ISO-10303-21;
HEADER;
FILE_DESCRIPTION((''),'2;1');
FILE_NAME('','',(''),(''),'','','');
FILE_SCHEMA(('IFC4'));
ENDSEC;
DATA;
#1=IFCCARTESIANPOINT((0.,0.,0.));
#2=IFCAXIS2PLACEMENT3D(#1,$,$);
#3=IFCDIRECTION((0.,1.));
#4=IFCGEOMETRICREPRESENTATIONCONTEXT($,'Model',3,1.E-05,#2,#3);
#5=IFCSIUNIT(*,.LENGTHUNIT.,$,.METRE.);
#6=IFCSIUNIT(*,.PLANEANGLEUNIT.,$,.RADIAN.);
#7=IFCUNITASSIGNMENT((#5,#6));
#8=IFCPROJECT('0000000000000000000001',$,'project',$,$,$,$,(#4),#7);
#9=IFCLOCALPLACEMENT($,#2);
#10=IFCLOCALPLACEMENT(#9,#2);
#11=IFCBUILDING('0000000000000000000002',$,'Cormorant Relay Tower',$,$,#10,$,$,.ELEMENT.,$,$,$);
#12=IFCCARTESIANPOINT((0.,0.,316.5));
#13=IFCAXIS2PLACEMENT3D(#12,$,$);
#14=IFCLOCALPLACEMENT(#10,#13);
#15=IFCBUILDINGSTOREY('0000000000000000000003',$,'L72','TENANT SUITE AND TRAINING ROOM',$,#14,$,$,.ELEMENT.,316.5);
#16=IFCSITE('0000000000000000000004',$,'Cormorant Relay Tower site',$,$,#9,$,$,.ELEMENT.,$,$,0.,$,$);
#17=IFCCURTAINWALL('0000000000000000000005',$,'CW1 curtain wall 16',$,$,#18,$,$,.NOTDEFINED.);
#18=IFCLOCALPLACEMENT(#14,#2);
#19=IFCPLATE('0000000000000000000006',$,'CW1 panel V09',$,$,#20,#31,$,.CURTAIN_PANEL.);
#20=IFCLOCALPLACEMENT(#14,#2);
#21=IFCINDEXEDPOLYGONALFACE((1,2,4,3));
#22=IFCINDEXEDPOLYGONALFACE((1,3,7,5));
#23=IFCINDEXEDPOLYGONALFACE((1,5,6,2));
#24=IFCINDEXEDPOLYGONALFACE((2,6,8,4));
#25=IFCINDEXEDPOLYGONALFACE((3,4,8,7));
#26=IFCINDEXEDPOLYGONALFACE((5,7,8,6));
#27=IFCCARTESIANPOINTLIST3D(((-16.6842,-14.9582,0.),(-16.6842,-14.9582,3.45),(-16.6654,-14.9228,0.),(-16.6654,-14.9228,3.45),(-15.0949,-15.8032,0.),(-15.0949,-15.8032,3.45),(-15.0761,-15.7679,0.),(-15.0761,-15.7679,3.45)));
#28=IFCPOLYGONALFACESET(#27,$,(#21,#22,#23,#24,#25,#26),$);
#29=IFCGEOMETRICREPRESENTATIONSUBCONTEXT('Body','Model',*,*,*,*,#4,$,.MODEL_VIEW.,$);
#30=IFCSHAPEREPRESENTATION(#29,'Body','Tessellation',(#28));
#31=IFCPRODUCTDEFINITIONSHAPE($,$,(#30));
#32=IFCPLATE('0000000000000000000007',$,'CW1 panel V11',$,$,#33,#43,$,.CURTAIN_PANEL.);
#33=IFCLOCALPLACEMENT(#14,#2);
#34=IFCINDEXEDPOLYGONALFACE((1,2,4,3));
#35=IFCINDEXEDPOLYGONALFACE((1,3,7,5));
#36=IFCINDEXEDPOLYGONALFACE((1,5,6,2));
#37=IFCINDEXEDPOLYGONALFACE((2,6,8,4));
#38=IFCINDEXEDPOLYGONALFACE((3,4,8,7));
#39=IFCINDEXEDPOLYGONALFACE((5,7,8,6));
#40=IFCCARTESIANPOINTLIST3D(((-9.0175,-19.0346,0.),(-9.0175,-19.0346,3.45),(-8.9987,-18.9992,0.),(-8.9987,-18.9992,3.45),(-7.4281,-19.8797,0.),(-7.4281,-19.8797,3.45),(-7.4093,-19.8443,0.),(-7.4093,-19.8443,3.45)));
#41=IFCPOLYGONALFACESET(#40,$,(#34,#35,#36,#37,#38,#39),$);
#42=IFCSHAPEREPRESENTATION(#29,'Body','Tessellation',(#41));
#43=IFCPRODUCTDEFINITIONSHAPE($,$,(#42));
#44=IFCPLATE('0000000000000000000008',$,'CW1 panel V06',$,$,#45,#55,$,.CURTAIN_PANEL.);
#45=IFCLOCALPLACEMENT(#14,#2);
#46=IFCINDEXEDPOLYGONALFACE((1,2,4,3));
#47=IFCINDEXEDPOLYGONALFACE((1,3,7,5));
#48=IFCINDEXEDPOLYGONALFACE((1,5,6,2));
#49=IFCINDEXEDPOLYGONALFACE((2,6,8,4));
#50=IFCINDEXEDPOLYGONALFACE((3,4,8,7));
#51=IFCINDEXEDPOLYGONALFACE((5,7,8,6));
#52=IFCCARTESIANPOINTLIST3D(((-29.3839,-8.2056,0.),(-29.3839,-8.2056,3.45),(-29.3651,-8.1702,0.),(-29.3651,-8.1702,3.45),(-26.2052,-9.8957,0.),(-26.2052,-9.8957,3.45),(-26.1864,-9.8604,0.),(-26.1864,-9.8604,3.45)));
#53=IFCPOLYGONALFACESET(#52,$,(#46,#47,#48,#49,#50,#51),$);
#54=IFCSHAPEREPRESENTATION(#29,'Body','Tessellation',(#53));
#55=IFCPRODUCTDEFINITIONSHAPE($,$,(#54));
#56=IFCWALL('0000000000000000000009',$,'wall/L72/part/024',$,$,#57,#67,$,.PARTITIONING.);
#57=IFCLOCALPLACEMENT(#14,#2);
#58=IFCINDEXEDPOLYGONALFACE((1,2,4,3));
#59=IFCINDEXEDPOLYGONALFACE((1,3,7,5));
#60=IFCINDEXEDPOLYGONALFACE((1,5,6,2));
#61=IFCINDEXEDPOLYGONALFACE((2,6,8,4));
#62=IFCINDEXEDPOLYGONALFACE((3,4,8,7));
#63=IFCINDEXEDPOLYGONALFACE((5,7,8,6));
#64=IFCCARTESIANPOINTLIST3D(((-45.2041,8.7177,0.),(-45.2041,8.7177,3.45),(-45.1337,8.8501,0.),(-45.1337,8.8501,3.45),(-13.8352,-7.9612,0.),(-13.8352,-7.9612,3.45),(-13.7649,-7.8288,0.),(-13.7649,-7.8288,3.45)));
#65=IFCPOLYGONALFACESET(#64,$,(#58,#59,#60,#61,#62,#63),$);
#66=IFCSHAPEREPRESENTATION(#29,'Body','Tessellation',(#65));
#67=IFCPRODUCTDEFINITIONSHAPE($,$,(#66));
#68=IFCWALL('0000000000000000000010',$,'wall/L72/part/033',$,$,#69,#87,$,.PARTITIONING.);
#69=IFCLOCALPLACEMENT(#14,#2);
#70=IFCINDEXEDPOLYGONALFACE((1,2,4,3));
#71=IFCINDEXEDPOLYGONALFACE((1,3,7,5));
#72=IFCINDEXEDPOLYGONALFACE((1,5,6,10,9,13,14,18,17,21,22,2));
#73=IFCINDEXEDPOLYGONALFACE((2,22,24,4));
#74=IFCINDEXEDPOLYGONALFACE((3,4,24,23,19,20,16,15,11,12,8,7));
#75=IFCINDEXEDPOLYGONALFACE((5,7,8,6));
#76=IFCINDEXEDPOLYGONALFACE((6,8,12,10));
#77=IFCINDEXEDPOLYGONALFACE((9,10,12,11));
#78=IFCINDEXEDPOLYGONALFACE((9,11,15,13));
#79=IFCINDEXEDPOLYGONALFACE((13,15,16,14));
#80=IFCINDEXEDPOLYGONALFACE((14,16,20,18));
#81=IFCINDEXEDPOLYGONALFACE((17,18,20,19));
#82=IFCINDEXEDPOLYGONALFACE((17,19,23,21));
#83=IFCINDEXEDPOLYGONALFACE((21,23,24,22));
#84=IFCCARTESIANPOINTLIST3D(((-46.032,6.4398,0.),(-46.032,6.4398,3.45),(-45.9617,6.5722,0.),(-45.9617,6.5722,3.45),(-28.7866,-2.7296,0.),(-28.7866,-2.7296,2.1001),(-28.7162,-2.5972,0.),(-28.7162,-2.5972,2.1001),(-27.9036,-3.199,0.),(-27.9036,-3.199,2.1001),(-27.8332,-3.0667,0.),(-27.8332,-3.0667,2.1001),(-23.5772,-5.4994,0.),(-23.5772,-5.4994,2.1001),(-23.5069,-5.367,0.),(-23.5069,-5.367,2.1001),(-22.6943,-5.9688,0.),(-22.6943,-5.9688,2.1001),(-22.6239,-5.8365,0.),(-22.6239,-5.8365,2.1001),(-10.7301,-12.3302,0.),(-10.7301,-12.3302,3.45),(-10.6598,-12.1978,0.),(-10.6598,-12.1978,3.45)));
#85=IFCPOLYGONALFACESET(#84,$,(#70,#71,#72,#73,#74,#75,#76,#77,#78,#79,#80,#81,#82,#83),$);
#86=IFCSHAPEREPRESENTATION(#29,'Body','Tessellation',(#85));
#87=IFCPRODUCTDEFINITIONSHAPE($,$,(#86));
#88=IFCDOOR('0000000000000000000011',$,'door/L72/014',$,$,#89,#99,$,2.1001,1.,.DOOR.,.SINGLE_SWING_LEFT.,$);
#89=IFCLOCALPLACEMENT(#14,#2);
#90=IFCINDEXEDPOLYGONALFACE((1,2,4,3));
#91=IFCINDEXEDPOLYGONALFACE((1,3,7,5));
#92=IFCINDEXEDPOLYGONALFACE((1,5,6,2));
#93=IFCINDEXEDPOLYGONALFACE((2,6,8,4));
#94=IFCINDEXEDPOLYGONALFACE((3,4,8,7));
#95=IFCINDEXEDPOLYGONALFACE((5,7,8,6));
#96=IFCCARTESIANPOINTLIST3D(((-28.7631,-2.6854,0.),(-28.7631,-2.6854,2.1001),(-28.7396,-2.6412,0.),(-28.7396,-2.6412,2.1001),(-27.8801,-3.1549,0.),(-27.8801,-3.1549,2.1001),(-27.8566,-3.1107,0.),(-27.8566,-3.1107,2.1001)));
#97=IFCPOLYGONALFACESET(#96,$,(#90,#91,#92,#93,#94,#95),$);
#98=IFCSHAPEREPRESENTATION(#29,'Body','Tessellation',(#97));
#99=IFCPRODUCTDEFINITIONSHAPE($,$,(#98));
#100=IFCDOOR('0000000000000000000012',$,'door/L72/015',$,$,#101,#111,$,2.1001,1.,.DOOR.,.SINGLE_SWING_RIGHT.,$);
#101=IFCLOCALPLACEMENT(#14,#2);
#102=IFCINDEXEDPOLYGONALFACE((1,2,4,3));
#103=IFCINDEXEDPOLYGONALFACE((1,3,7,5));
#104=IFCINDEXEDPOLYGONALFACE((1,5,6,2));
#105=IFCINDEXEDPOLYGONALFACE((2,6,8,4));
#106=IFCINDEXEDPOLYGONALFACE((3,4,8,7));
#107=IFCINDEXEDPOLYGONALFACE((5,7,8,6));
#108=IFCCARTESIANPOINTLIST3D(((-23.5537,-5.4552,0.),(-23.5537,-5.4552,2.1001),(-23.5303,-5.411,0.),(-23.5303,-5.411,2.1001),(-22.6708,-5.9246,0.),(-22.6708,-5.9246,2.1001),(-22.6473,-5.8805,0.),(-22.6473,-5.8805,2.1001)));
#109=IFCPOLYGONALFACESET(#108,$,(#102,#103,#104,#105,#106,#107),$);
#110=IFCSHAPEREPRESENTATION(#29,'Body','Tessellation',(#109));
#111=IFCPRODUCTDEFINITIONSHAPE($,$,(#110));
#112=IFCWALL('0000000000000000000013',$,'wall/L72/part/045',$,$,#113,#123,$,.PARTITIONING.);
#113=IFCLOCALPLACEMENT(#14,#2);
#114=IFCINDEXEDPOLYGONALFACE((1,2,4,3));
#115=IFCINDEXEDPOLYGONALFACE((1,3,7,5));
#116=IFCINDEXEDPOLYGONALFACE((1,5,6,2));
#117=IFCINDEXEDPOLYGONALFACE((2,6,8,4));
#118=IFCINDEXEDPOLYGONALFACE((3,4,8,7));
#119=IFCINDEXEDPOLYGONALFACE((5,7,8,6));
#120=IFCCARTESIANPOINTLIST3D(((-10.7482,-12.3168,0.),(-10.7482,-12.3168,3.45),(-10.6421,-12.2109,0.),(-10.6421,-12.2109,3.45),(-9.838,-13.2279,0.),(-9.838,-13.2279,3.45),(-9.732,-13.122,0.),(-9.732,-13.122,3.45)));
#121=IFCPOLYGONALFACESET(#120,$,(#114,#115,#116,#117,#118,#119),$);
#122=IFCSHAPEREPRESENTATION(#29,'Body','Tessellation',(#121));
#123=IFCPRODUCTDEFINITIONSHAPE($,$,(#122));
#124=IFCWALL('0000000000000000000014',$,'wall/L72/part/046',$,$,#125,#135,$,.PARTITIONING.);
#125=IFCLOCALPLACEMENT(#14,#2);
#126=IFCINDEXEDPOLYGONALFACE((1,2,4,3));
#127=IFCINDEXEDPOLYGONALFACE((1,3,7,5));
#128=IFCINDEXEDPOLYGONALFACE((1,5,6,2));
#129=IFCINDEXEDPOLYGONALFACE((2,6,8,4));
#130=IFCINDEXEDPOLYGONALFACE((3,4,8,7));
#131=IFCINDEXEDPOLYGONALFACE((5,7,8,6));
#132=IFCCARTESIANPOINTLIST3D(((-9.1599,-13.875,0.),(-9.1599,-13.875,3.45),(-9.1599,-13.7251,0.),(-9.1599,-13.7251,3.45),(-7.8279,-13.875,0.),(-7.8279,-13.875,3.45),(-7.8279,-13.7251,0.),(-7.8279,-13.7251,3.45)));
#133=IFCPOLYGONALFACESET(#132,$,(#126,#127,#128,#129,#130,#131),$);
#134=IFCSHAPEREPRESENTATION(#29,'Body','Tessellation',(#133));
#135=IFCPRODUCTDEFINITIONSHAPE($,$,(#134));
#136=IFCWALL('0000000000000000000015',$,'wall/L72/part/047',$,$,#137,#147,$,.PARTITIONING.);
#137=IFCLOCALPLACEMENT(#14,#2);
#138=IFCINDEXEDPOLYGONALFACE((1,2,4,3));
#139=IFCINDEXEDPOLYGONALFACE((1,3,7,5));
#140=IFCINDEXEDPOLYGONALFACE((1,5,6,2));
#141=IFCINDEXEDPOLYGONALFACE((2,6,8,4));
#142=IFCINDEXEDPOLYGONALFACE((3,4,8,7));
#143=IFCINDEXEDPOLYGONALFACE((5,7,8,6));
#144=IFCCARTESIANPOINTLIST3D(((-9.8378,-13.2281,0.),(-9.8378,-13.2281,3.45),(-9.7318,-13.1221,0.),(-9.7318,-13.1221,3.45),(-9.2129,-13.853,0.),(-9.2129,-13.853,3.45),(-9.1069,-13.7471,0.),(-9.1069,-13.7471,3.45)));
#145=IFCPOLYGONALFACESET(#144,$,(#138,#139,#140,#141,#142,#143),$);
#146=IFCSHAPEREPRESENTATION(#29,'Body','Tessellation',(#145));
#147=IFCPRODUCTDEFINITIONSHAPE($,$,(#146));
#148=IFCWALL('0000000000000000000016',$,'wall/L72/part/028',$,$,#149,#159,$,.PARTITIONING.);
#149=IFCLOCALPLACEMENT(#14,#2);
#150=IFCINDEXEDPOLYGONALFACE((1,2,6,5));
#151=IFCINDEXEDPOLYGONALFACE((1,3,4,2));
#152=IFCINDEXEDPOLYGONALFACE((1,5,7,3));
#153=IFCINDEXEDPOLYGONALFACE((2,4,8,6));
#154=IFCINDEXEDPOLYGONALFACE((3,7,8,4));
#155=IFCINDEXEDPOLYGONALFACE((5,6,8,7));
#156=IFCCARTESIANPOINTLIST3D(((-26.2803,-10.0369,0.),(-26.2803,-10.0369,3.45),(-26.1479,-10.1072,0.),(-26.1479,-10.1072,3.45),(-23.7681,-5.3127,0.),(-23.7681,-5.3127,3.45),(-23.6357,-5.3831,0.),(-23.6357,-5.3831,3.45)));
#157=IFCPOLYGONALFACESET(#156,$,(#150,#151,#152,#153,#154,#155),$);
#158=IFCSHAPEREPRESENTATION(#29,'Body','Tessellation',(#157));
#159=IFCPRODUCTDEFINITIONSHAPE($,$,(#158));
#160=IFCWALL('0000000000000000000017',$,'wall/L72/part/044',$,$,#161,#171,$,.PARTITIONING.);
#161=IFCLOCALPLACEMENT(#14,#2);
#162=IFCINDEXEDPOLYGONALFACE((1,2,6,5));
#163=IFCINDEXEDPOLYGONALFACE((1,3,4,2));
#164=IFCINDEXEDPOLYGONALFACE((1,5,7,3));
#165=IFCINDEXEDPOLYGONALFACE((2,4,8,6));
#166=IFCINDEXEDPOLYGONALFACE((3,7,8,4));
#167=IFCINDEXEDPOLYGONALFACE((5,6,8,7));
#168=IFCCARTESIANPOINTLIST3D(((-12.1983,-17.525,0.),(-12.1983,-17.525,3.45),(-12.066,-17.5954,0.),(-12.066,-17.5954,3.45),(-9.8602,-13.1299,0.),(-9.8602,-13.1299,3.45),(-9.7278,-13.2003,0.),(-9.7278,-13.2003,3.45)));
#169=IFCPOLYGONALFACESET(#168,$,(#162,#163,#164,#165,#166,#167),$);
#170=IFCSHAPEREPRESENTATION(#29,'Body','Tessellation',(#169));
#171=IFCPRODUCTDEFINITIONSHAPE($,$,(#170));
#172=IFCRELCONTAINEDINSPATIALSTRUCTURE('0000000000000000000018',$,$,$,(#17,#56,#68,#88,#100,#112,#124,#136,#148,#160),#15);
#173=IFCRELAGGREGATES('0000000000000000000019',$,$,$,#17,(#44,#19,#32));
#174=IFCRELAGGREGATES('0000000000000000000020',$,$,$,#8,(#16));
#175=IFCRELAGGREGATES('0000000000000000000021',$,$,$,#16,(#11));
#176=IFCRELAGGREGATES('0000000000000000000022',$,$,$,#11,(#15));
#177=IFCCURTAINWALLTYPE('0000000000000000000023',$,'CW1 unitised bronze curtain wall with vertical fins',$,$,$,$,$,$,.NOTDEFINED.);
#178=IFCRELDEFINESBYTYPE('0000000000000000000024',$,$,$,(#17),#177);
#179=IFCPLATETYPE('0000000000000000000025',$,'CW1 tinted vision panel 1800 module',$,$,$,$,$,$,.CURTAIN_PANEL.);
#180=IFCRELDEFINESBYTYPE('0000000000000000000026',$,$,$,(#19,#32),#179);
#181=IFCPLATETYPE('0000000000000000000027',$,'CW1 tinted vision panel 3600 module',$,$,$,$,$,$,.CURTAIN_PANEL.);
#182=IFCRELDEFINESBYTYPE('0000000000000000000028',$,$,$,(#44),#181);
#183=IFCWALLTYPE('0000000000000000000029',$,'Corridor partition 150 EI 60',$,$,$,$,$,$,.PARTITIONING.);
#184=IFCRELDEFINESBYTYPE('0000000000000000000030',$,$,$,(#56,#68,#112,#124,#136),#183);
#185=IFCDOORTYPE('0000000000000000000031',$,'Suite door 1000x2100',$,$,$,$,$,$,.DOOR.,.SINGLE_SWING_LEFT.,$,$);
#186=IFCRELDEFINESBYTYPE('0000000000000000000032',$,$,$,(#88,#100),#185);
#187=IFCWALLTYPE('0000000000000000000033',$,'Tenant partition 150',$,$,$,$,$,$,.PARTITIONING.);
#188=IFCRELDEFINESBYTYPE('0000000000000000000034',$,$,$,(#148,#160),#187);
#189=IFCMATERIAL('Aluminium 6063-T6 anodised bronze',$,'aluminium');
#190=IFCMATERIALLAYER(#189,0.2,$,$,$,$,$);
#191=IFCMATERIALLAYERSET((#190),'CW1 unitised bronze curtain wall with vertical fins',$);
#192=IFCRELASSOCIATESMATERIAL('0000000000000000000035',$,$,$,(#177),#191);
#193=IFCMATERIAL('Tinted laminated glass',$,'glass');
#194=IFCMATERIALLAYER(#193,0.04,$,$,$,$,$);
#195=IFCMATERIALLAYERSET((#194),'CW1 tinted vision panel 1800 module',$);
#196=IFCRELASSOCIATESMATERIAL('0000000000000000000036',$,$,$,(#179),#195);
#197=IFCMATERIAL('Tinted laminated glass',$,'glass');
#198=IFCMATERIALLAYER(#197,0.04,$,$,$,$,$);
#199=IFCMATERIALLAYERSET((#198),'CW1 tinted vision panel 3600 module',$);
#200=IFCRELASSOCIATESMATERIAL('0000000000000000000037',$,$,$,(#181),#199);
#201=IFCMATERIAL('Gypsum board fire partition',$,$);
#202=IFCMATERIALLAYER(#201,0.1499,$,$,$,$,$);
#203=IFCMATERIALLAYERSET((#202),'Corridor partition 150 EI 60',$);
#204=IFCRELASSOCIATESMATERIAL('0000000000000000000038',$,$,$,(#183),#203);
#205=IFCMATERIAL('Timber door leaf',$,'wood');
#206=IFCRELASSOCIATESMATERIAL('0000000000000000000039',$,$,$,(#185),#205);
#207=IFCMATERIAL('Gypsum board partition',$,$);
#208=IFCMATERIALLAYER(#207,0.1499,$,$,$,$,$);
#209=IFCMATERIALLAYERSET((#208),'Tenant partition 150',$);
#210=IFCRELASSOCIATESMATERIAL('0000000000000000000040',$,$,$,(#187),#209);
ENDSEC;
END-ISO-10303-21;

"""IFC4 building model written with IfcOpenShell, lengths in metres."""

from ifc_helpers import new_model, si_unit, direction, frame, frame_2d, origin, origin_2d, place, context, subcontext, project, spatial, rectangle, extrude, material, layer, layer_set, type_object, element, fill, aggregate, save


model = new_model("IFC4")

# Units and contexts
model_context = context("Model", 3, precision=1e-05, world=origin(), true_north=direction((0.0, 1.0)))
body_context = subcontext(model_context, "Body", "Model", "MODEL_VIEW")
ifc_project = project(units=[si_unit("LENGTHUNIT", "METRE"), si_unit("PLANEANGLEUNIT", "RADIAN")], contexts=[model_context])

# Site, building, storey
site_placement = place(None, origin())
site = spatial("IfcSite", under=ifc_project, at=site_placement, Name="Cormorant Relay Tower site", CompositionType="ELEMENT", RefElevation=0.0)
building_placement = place(site_placement, origin())
building = spatial("IfcBuilding", under=site, at=building_placement, Name="Cormorant Relay Tower", CompositionType="ELEMENT")
storey_placement = place(building_placement, frame((0.0, 0.0, 316.5)))
storey = spatial("IfcBuildingStorey", under=building, at=storey_placement, Name="L72", Description="TENANT SUITE AND TRAINING ROOM", CompositionType="ELEMENT", Elevation=316.5)

# Curtain wall
ifc_material_1 = material(Name="Aluminium 6063-T6 anodised bronze", Category="aluminium")
ifc_layer_1 = layer(ifc_material_1, 0.2)
ifc_layer_set_1 = layer_set([ifc_layer_1], Name="CW1 unitised bronze curtain wall with vertical fins")
curtain_wall_type = type_object("IfcCurtainWallType", Name="CW1 unitised bronze curtain wall with vertical fins", PredefinedType="NOTDEFINED", material=ifc_layer_set_1)
curtain_wall_placement = place(storey_placement, origin())
curtain_wall = element("IfcCurtainWall", 1, at=curtain_wall_placement, inside=storey, type_object=curtain_wall_type, Name="CW1 curtain wall 16", PredefinedType="NOTDEFINED")

# Plates
ifc_material_2 = material(Name="Tinted laminated glass", Category="glass")
ifc_layer_2 = layer(ifc_material_2, 0.04)
ifc_layer_set_2 = layer_set([ifc_layer_2], Name="CW1 tinted vision panel 1800 module")
plate_type_1 = type_object("IfcPlateType", Name="CW1 tinted vision panel 1800 module", PredefinedType="CURTAIN_PANEL", material=ifc_layer_set_2)
plate_1_placement = place(storey_placement, frame((-15.8801, -15.363, 0.0), z_axis=(0.0, 0.0, 1.0), x_axis=(0.882948, -0.469472, 0.0)))
plate_1 = element("IfcPlate", 2, at=plate_1_placement, type_object=plate_type_1, Name="CW1 panel V09", PredefinedType="CURTAIN_PANEL", context=body_context, shape_type="SweptSolid", body=[
    extrude(rectangle(XDim=1.8, YDim=0.04, at=origin_2d()), origin(), (0.0, 0.0, 1.0), 3.45),
])
plate_2_placement = place(storey_placement, frame((-8.2134, -19.4395, 0.0), z_axis=(0.0, 0.0, 1.0), x_axis=(0.882948, -0.469472, 0.0)))
plate_2 = element("IfcPlate", 3, at=plate_2_placement, type_object=plate_type_1, Name="CW1 panel V11", PredefinedType="CURTAIN_PANEL", context=body_context, shape_type="SweptSolid", body=[
    extrude(rectangle(XDim=1.8, YDim=0.04, at=origin_2d()), origin(), (0.0, 0.0, 1.0), 3.45),
])
ifc_material_3 = material(Name="Tinted laminated glass", Category="glass")
ifc_layer_3 = layer(ifc_material_3, 0.04)
ifc_layer_set_3 = layer_set([ifc_layer_3], Name="CW1 tinted vision panel 3600 module")
plate_type_2 = type_object("IfcPlateType", Name="CW1 tinted vision panel 3600 module", PredefinedType="CURTAIN_PANEL", material=ifc_layer_set_3)
plate_3_placement = place(storey_placement, frame((-27.7852, -9.033, 0.0), z_axis=(0.0, 0.0, 1.0), x_axis=(0.882948, -0.469472, 0.0)))
plate_3 = element("IfcPlate", 4, at=plate_3_placement, type_object=plate_type_2, Name="CW1 panel V06", PredefinedType="CURTAIN_PANEL", context=body_context, shape_type="SweptSolid", body=[
    extrude(rectangle(XDim=3.6001, YDim=0.04, at=origin_2d()), origin(), (0.0, 0.0, 1.0), 3.45),
])

# Wall
ifc_material_4 = material(Name="Gypsum board fire partition")
ifc_layer_4 = layer(ifc_material_4, 0.1499)
ifc_layer_set_4 = layer_set([ifc_layer_4], Name="Corridor partition 150 EI 60")
wall_type_1 = type_object("IfcWallType", Name="Corridor partition 150 EI 60", PredefinedType="PARTITIONING", material=ifc_layer_set_4)
wall_1_placement = place(storey_placement, frame((-13.8, -7.895, 0.0), z_axis=(0.0, 0.0, 1.0), x_axis=(-0.88295, 0.469468, 0.0)))
element("IfcWall", 5, at=wall_1_placement, inside=storey, type_object=wall_type_1, Name="wall/L72/part/024", PredefinedType="PARTITIONING", context=body_context, shape_type="SweptSolid", body=[
    extrude(rectangle(XDim=35.5273, YDim=0.1499, at=frame_2d((17.7637, 0.0))), origin(), (0.0, 0.0, 1.0), 3.45),
])

# Wall, openings, doors
wall_2_placement = place(storey_placement, frame((-10.6951, -12.2639, 0.0), z_axis=(0.0, 0.0, 1.0), x_axis=(-0.882952, 0.469464, 0.0)))
wall_2 = element("IfcWall", 6, at=wall_2_placement, inside=storey, type_object=wall_type_1, Name="wall/L72/part/033", PredefinedType="PARTITIONING", context=body_context, shape_type="SweptSolid", body=[
    extrude(rectangle(XDim=39.9817, YDim=0.1499, at=frame_2d((19.9907, 0.0))), origin(), (0.0, 0.0, 1.0), 3.45),
])
opening_1_placement = place(wall_2_placement, frame((19.45, 0.0, 0.0)))
opening_1 = element("IfcOpeningElement", 7, at=opening_1_placement, cuts=wall_2, PredefinedType="OPENING", context=body_context, shape_type="SweptSolid", body=[
    extrude(rectangle(XDim=1.0, YDim=2.1001, at=frame_2d((0.5, 1.05))), frame((0.0, 0.085, 0.0), z_axis=(0.0, -1.0, 0.0), x_axis=(1.0, 0.0, 0.0)), (0.0, 0.0, 1.0), 0.1699),
])
opening_2_placement = place(wall_2_placement, frame((13.55, 0.0, 0.0)))
opening_2 = element("IfcOpeningElement", 8, at=opening_2_placement, cuts=wall_2, PredefinedType="OPENING", context=body_context, shape_type="SweptSolid", body=[
    extrude(rectangle(XDim=1.0, YDim=2.1001, at=frame_2d((0.5, 1.05))), frame((0.0, 0.085, 0.0), z_axis=(0.0, -1.0, 0.0), x_axis=(1.0, 0.0, 0.0)), (0.0, 0.0, 1.0), 0.1699),
])
ifc_material_5 = material(Name="Timber door leaf", Category="wood")
door_type = type_object("IfcDoorType", Name="Suite door 1000x2100", OperationType="SINGLE_SWING_LEFT", PredefinedType="DOOR", material=ifc_material_5)
door_1_placement = place(opening_1_placement, origin())
door_1 = element("IfcDoor", 9, at=door_1_placement, inside=storey, type_object=door_type, Name="door/L72/014", OperationType="SINGLE_SWING_LEFT", OverallHeight=2.1001, OverallWidth=1.0, PredefinedType="DOOR", context=body_context, shape_type="SweptSolid", body=[
    extrude(rectangle(XDim=1.0, YDim=2.1001, at=frame_2d((0.5, 1.05))), frame((0.0, 0.0249, 0.0), z_axis=(0.0, -1.0, 0.0), x_axis=(1.0, 0.0, 0.0)), (0.0, 0.0, 1.0), 0.05),
])
fill(opening_1, door_1)
door_2_placement = place(opening_2_placement, origin())
door_2 = element("IfcDoor", 10, at=door_2_placement, inside=storey, type_object=door_type, Name="door/L72/015", OperationType="SINGLE_SWING_RIGHT", OverallHeight=2.1001, OverallWidth=1.0, PredefinedType="DOOR", context=body_context, shape_type="SweptSolid", body=[
    extrude(rectangle(XDim=1.0, YDim=2.1001, at=frame_2d((0.5, 1.05))), frame((0.0, 0.0249, 0.0), z_axis=(0.0, -1.0, 0.0), x_axis=(1.0, 0.0, 0.0)), (0.0, 0.0, 1.0), 0.05),
])
fill(opening_2, door_2)

# Walls
wall_3_placement = place(storey_placement, frame((-9.7849, -13.175, 0.0), z_axis=(0.0, 0.0, 1.0), x_axis=(-0.706728, 0.707486, 0.0)))
element("IfcWall", 11, at=wall_3_placement, inside=storey, type_object=wall_type_1, Name="wall/L72/part/045", PredefinedType="PARTITIONING", context=body_context, shape_type="SweptSolid", body=[
    extrude(rectangle(XDim=1.2878, YDim=0.1499, at=frame_2d((0.644, 0.0))), origin(), (0.0, 0.0, 1.0), 3.45),
])
wall_4_placement = place(storey_placement, frame((-7.8279, -13.8, 0.0), z_axis=(0.0, 0.0, 1.0), x_axis=(-1.0, 0.0, 0.0)))
element("IfcWall", 12, at=wall_4_placement, inside=storey, type_object=wall_type_1, Name="wall/L72/part/046", PredefinedType="PARTITIONING", context=body_context, shape_type="SweptSolid", body=[
    extrude(rectangle(XDim=1.332, YDim=0.1499, at=frame_2d((0.666, 0.0))), origin(), (0.0, 0.0, 1.0), 3.45),
])
wall_5_placement = place(storey_placement, frame((-9.1599, -13.8, 0.0), z_axis=(0.0, 0.0, 1.0), x_axis=(-0.707107, 0.707107, 0.0)))
element("IfcWall", 13, at=wall_5_placement, inside=storey, type_object=wall_type_1, Name="wall/L72/part/047", PredefinedType="PARTITIONING", context=body_context, shape_type="SweptSolid", body=[
    extrude(rectangle(XDim=0.8838, YDim=0.1499, at=frame_2d((0.4419, 0.0))), origin(), (0.0, 0.0, 1.0), 3.45),
])
ifc_material_6 = material(Name="Gypsum board partition")
ifc_layer_5 = layer(ifc_material_6, 0.1499)
ifc_layer_set_5 = layer_set([ifc_layer_5], Name="Tenant partition 150")
wall_type_2 = type_object("IfcWallType", Name="Tenant partition 150", PredefinedType="PARTITIONING", material=ifc_layer_set_5)
wall_6_placement = place(storey_placement, frame((-23.7019, -5.3479, 0.0), z_axis=(0.0, 0.0, 1.0), x_axis=(-0.469522, -0.882921, 0.0)))
element("IfcWall", 14, at=wall_6_placement, inside=storey, type_object=wall_type_2, Name="wall/L72/part/028", PredefinedType="PARTITIONING", context=body_context, shape_type="SweptSolid", body=[
    extrude(rectangle(XDim=5.3506, YDim=0.1499, at=frame_2d((2.6753, 0.0))), origin(), (0.0, 0.0, 1.0), 3.45),
])
wall_7_placement = place(storey_placement, frame((-9.7939, -13.165, 0.0), z_axis=(0.0, 0.0, 1.0), x_axis=(-0.469669, -0.882843, 0.0)))
element("IfcWall", 15, at=wall_7_placement, inside=storey, type_object=wall_type_2, Name="wall/L72/part/044", PredefinedType="PARTITIONING", context=body_context, shape_type="SweptSolid", body=[
    extrude(rectangle(XDim=4.9783, YDim=0.1499, at=frame_2d((2.4893, 0.0))), origin(), (0.0, 0.0, 1.0), 3.45),
])

aggregate(curtain_wall, [plate_3, plate_1, plate_2])

save(model, "model.ifc")
